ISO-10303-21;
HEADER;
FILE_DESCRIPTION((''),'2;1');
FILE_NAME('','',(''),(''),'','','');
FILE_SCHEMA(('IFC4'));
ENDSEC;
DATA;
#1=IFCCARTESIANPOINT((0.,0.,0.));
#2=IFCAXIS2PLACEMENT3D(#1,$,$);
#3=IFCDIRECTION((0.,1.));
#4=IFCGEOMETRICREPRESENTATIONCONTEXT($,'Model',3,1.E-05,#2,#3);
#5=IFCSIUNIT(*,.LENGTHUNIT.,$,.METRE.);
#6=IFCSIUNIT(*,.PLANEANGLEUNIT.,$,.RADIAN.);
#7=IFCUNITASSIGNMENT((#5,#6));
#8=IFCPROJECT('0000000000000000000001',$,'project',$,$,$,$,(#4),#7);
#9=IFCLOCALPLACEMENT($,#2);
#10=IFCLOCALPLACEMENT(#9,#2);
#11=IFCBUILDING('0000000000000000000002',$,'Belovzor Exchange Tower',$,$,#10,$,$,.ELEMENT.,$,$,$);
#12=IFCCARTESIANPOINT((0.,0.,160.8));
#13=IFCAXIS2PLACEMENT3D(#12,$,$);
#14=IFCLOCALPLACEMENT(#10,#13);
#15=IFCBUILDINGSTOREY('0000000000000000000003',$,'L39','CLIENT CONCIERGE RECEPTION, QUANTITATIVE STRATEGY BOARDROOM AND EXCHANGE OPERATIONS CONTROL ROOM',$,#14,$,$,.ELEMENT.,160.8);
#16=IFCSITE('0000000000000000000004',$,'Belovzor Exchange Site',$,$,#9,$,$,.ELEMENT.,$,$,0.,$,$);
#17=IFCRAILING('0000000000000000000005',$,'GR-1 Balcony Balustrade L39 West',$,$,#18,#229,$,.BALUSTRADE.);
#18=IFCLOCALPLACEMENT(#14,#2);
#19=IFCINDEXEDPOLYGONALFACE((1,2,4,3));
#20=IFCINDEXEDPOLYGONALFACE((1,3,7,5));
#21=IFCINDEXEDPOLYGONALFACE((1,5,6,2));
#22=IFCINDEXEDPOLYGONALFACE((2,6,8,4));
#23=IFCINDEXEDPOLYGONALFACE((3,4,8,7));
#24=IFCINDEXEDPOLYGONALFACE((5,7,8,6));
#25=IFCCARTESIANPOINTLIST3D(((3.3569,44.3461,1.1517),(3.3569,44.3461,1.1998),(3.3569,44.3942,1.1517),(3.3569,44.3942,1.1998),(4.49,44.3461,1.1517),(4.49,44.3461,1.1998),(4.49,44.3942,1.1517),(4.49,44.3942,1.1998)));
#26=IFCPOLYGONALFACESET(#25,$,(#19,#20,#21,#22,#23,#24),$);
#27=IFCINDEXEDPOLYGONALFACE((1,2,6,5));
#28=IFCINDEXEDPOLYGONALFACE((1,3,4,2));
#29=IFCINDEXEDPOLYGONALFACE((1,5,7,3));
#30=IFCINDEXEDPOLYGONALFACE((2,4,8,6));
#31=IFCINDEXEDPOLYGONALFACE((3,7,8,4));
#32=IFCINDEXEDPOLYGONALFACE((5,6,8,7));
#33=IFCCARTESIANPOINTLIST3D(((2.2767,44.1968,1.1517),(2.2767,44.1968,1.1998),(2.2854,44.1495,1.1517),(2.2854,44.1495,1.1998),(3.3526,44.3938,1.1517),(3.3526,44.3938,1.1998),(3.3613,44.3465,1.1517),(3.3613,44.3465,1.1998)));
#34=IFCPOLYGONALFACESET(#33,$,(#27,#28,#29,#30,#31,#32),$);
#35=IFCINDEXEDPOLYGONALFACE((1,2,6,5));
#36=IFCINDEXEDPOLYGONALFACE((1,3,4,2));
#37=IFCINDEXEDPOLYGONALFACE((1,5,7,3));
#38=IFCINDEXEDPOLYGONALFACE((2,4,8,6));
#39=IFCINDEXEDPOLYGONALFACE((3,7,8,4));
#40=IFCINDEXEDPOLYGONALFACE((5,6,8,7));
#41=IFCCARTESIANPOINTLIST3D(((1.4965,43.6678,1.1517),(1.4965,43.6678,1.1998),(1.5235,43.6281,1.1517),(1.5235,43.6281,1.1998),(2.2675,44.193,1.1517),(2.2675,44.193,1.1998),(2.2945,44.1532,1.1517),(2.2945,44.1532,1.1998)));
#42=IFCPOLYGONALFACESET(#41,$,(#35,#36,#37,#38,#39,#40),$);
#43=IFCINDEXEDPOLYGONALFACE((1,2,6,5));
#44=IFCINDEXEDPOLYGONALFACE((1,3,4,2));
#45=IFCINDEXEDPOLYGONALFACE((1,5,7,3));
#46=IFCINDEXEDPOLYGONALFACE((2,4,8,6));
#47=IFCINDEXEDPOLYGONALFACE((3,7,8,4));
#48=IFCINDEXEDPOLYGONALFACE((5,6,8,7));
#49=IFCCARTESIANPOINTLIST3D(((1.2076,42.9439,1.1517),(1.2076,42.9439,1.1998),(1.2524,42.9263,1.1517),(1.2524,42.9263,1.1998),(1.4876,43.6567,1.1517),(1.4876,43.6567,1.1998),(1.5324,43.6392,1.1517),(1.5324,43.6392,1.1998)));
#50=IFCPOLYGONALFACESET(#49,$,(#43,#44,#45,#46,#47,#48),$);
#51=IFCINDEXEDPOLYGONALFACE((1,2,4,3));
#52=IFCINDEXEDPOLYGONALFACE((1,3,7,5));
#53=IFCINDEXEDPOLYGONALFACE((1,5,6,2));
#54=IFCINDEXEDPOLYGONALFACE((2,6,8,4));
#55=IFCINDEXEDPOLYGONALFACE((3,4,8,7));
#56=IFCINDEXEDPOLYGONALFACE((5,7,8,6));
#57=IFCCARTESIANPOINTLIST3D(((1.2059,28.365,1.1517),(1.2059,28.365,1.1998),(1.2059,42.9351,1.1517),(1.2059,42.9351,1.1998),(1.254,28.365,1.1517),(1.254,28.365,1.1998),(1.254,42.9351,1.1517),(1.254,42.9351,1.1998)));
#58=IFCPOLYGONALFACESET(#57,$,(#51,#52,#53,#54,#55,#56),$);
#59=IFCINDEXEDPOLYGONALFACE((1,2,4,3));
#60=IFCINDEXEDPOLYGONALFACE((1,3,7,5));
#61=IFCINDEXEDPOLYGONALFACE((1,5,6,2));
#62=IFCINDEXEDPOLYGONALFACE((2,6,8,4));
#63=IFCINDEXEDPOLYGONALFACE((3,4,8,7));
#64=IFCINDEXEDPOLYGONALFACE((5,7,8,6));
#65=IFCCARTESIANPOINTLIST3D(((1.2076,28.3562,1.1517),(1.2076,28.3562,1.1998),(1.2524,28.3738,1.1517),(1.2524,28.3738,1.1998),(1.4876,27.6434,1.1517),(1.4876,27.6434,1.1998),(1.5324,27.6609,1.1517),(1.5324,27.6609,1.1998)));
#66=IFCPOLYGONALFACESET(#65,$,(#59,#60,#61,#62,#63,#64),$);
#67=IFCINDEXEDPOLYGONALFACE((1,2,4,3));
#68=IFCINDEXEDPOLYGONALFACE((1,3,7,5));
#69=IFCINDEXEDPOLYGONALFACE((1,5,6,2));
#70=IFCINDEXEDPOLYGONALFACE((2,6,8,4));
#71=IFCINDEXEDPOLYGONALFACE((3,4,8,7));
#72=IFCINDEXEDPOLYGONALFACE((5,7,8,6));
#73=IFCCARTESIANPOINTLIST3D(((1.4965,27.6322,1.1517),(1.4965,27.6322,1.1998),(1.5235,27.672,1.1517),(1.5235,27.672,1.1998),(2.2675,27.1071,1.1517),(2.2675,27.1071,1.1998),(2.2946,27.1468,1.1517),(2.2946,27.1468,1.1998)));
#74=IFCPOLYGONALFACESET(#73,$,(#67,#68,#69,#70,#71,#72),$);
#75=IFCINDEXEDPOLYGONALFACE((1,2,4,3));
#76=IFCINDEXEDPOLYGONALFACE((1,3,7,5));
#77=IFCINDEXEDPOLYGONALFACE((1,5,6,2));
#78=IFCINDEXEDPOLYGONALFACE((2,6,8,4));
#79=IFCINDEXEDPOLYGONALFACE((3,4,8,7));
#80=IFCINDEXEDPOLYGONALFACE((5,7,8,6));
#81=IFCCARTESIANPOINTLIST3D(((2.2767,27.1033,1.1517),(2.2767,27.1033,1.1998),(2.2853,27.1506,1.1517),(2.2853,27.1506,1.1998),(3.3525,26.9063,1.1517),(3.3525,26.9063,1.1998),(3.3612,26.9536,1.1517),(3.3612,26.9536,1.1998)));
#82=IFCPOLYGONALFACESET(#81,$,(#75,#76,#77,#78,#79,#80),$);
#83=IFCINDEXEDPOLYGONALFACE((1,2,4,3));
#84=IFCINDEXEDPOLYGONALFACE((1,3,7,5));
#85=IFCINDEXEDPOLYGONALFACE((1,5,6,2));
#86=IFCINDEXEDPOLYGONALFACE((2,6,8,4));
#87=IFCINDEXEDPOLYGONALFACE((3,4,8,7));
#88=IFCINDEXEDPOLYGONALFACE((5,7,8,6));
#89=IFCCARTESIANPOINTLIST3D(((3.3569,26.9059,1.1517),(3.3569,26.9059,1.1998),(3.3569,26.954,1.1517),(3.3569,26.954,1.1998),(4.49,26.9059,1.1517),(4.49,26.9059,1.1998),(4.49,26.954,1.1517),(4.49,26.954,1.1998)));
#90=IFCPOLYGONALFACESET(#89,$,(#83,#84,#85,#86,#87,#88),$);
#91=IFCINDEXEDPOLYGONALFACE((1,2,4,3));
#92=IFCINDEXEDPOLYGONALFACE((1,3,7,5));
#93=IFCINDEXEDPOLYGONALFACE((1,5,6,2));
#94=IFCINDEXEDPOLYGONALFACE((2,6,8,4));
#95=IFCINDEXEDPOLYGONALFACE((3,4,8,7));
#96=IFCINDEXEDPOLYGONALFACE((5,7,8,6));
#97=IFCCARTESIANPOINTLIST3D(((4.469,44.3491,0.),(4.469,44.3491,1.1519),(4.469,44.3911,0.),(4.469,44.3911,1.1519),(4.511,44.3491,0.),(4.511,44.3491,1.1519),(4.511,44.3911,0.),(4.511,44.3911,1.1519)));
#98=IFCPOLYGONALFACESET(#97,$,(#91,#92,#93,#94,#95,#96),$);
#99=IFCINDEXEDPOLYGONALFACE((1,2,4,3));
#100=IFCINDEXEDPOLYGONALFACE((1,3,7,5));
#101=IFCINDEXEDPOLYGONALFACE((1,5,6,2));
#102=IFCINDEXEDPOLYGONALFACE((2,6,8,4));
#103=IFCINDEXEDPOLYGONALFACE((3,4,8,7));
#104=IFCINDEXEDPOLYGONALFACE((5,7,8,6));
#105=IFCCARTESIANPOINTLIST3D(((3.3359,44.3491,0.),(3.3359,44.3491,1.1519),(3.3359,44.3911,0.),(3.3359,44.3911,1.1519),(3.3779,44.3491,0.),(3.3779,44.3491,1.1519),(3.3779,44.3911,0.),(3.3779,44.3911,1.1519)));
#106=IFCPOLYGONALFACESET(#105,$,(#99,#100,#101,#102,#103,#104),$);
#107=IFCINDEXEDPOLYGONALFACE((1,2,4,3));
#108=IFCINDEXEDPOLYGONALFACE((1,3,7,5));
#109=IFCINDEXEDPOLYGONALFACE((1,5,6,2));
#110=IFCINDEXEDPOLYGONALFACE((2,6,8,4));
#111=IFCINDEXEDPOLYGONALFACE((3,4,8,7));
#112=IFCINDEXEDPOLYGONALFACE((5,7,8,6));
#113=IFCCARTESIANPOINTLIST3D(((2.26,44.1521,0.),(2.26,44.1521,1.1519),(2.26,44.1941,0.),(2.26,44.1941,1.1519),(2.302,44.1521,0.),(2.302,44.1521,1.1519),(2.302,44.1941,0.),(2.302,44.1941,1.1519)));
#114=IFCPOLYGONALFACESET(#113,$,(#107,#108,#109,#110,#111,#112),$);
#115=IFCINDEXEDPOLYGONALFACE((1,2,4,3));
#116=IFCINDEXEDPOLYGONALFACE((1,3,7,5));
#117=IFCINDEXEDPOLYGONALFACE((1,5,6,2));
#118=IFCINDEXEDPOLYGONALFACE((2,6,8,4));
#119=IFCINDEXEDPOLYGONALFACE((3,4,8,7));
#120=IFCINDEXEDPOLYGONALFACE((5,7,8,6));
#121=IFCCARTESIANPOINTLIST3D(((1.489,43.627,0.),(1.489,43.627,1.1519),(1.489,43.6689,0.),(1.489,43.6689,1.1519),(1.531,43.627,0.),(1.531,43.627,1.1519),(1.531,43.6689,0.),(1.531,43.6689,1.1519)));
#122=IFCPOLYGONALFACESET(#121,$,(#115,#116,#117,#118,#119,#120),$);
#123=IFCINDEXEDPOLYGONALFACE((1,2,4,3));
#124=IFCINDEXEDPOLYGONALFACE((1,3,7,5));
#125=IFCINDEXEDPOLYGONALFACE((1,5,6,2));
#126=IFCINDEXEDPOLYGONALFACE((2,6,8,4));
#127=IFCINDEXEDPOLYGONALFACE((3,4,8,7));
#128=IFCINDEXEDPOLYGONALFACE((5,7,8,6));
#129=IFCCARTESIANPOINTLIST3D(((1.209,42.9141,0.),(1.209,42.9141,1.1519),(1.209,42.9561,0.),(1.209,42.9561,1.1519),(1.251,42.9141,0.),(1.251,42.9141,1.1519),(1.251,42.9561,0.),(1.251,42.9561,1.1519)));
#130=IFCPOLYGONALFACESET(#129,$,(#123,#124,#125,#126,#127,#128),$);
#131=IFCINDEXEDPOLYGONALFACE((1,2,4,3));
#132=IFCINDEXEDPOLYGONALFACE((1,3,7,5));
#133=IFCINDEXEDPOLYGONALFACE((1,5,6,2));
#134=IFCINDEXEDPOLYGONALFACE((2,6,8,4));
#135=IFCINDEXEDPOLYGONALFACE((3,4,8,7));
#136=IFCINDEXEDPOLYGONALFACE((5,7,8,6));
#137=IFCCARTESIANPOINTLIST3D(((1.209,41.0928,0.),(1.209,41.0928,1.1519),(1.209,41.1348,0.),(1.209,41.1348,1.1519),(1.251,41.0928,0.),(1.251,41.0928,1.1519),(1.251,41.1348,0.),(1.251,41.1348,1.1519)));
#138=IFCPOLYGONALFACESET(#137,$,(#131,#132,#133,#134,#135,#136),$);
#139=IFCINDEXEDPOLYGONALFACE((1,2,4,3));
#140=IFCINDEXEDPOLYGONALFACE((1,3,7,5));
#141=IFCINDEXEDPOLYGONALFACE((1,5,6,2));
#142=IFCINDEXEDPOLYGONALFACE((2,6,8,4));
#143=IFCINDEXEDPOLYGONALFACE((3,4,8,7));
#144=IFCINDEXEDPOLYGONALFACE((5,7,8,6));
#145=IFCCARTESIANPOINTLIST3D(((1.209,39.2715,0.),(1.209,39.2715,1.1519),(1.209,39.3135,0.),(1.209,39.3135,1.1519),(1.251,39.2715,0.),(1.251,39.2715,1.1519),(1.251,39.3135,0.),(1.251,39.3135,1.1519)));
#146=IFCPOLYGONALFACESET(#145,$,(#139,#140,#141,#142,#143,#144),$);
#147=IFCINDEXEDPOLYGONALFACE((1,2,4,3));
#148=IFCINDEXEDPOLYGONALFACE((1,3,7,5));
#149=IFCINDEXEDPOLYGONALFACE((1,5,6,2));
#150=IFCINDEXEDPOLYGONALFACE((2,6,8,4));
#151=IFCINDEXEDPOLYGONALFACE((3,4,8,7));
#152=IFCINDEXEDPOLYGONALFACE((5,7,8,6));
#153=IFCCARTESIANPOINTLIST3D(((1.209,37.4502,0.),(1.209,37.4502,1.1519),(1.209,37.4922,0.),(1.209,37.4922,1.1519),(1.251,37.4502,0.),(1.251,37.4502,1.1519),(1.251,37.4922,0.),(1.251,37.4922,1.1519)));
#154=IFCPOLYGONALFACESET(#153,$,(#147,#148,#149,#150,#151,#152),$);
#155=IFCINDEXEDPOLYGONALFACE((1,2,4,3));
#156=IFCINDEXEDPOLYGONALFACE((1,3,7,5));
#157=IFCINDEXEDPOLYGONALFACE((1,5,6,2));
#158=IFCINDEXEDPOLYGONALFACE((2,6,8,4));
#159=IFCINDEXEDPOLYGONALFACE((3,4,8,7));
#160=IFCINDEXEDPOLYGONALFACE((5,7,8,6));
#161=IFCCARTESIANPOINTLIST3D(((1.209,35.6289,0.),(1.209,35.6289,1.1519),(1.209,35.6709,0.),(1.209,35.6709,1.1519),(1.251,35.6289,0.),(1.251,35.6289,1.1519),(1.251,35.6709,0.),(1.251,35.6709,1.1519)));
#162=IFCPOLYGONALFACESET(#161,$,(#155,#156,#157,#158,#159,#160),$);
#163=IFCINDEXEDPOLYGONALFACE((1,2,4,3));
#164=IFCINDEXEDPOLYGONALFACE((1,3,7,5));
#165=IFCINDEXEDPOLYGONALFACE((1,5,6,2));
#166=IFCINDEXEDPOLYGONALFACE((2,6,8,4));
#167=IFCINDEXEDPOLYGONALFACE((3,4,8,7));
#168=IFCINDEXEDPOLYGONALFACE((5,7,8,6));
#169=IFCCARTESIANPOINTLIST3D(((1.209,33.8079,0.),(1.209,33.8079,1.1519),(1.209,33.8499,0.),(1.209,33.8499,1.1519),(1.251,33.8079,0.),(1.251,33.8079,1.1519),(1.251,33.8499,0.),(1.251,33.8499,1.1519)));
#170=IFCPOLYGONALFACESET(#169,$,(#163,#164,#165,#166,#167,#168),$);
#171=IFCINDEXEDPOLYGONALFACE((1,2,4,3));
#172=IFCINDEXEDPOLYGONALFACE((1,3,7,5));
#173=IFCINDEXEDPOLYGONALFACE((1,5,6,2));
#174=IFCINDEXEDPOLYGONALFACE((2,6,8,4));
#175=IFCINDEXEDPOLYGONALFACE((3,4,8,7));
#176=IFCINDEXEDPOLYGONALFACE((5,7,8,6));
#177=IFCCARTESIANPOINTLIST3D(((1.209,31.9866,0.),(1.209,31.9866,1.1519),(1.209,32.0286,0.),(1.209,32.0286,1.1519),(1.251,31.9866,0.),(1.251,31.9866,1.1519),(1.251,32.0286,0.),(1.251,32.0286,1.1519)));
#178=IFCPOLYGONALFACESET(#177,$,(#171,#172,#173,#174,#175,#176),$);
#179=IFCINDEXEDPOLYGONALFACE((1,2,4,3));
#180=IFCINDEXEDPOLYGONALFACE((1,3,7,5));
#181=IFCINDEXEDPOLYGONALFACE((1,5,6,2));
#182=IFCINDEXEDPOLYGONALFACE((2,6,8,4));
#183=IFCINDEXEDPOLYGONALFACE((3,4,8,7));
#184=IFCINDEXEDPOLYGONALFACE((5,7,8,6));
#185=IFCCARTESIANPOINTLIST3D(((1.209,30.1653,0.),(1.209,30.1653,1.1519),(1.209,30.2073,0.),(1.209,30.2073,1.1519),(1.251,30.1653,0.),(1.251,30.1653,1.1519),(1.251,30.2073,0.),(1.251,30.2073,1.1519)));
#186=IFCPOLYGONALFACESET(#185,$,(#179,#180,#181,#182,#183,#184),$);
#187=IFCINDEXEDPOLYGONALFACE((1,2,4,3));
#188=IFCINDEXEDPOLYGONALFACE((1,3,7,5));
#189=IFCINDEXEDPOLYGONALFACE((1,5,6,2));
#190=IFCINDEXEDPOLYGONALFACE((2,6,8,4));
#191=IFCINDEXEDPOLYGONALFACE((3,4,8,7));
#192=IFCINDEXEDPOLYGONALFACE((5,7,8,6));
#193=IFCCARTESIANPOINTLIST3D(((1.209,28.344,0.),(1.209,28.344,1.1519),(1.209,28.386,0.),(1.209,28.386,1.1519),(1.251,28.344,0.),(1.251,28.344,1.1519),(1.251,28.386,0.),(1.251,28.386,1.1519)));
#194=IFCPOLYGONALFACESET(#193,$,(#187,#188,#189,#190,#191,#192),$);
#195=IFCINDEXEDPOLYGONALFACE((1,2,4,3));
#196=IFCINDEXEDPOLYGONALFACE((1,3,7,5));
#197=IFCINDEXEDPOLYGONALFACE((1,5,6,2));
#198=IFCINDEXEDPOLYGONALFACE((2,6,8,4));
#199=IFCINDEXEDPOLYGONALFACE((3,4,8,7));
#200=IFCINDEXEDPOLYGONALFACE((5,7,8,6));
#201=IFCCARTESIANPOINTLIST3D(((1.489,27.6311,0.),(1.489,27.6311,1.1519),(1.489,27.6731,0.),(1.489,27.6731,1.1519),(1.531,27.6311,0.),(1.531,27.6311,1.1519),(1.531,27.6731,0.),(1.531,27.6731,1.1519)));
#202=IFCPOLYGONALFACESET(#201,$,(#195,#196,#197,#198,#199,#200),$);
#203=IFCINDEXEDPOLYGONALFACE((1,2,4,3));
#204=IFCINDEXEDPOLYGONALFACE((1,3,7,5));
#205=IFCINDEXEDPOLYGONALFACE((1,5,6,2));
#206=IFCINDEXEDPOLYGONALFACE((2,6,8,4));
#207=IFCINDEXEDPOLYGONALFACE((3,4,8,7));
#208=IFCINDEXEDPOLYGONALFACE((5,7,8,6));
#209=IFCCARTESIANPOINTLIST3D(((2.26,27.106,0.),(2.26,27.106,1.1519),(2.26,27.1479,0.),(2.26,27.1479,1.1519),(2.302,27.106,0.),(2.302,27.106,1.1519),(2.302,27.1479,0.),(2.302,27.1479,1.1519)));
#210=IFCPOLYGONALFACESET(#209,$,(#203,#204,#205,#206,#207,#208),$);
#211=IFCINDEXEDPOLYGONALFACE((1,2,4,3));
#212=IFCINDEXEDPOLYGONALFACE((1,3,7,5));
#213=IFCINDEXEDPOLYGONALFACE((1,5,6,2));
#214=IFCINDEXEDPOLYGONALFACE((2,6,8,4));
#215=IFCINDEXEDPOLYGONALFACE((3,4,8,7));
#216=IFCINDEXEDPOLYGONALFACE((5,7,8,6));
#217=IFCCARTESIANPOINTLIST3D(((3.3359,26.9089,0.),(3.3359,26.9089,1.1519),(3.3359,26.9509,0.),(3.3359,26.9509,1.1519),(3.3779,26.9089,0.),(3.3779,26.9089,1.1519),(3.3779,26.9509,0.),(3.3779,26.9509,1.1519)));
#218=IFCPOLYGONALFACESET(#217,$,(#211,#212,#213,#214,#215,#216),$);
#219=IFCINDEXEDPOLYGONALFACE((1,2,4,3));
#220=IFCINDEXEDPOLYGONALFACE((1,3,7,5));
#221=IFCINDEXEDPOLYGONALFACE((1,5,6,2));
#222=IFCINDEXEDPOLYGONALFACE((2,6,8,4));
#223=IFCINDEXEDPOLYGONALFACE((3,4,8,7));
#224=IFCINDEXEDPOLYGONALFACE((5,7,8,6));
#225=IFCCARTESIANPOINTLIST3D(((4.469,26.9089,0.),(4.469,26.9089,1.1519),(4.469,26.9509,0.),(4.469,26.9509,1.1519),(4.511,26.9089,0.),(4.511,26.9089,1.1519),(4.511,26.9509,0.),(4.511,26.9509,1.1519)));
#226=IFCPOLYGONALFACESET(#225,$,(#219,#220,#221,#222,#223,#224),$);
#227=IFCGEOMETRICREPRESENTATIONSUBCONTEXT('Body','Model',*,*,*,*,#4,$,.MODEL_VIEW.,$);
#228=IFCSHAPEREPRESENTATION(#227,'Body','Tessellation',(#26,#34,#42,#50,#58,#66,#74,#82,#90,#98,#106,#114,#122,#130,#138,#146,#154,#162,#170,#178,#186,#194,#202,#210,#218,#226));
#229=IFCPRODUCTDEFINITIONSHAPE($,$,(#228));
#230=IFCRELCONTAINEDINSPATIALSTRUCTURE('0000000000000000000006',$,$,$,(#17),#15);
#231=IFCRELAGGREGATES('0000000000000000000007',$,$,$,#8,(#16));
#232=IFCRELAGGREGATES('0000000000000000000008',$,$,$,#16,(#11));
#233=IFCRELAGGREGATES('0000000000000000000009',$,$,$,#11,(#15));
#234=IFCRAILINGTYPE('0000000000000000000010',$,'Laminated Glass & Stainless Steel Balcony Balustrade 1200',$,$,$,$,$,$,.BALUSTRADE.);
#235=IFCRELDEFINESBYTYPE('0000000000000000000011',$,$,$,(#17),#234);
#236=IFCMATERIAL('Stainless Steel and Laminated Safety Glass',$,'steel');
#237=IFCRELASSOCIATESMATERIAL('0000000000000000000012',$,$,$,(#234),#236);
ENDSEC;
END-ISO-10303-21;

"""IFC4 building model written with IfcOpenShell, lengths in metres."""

from ifc_helpers import new_model, si_unit, direction, frame, origin, origin_2d, place, context, subcontext, project, spatial, rectangle, extrude, material, type_object, element, save


model = new_model("IFC4")

# Units and contexts
model_context = context("Model", 3, precision=1e-05, world=origin(), true_north=direction((0.0, 1.0)))
body_context = subcontext(model_context, "Body", "Model", "MODEL_VIEW")
ifc_project = project(units=[si_unit("LENGTHUNIT", "METRE"), si_unit("PLANEANGLEUNIT", "RADIAN")], contexts=[model_context])

# Site, building, storey
site_placement = place(None, origin())
site = spatial("IfcSite", under=ifc_project, at=site_placement, Name="Belovzor Exchange Site", CompositionType="ELEMENT", RefElevation=0.0)
building_placement = place(site_placement, origin())
building = spatial("IfcBuilding", under=site, at=building_placement, Name="Belovzor Exchange Tower", CompositionType="ELEMENT")
storey_placement = place(building_placement, frame((0.0, 0.0, 160.8)))
storey = spatial("IfcBuildingStorey", under=building, at=storey_placement, Name="L39", Description="CLIENT CONCIERGE RECEPTION, QUANTITATIVE STRATEGY BOARDROOM AND EXCHANGE OPERATIONS CONTROL ROOM", CompositionType="ELEMENT", Elevation=160.8)

# Railing
ifc_material_1 = material(Name="Stainless Steel and Laminated Safety Glass", Category="steel")
railing_type = type_object("IfcRailingType", Name="Laminated Glass & Stainless Steel Balcony Balustrade 1200", PredefinedType="BALUSTRADE", material=ifc_material_1)
railing_placement = place(storey_placement, frame((4.49, 44.3701, 0.0)))
element("IfcRailing", 1, at=railing_placement, inside=storey, type_object=railing_type, Name="GR-1 Balcony Balustrade L39 West", PredefinedType="BALUSTRADE", context=body_context, shape_type="SweptSolid", body=[
    extrude(rectangle(XDim=0.0481, YDim=0.0481, at=origin_2d()), frame((0.0, 0.0, 1.1758), z_axis=(-1.0, 0.0, 0.0), x_axis=(0.0, -1.0, 0.0)), (0.0, 0.0, 1.0), 1.1331),
    extrude(rectangle(XDim=0.0481, YDim=0.0481, at=origin_2d()), frame((-1.1331, 0.0, 1.1758), z_axis=(-0.983644, -0.180123, 0.0), x_axis=(0.180123, -0.983644, 0.0)), (0.0, 0.0, 1.0), 1.0938),
    extrude(rectangle(XDim=0.0481, YDim=0.0481, at=origin_2d()), frame((-2.209, -0.197, 1.1758), z_axis=(-0.826493, -0.562947, 0.0), x_axis=(0.562947, -0.826493, 0.0)), (0.0, 0.0, 1.0), 0.9329),
    extrude(rectangle(XDim=0.0481, YDim=0.0481, at=origin_2d()), frame((-2.98, -0.7222, 1.1758), z_axis=(-0.365613, -0.930767, 0.0), x_axis=(0.930767, -0.365613, 0.0)), (0.0, 0.0, 1.0), 0.7659),
    extrude(rectangle(XDim=0.0481, YDim=0.0481, at=origin_2d()), frame((-3.26, -1.4351, 1.1758), z_axis=(0.0, -1.0, 0.0), x_axis=(1.0, 0.0, 0.0)), (0.0, 0.0, 1.0), 14.5701),
    extrude(rectangle(XDim=0.0481, YDim=0.0481, at=origin_2d()), frame((-3.26, -16.0051, 1.1758), z_axis=(0.365613, -0.930767, 0.0), x_axis=(0.930767, 0.365613, 0.0)), (0.0, 0.0, 1.0), 0.7659),
    extrude(rectangle(XDim=0.0481, YDim=0.0481, at=origin_2d()), frame((-2.98, -16.718, 1.1758), z_axis=(0.826493, -0.562947, 0.0), x_axis=(0.562947, 0.826493, 0.0)), (0.0, 0.0, 1.0), 0.9329),
    extrude(rectangle(XDim=0.0481, YDim=0.0481, at=origin_2d()), frame((-2.209, -17.2432, 1.1758), z_axis=(0.983644, -0.180123, 0.0), x_axis=(0.180123, 0.983644, 0.0)), (0.0, 0.0, 1.0), 1.0938),
    extrude(rectangle(XDim=0.0481, YDim=0.0481, at=origin_2d()), frame((-1.1331, -17.4402, 1.1758), z_axis=(1.0, 0.0, 0.0), x_axis=(0.0, 1.0, 0.0)), (0.0, 0.0, 1.0), 1.1331),
    extrude(rectangle(XDim=0.042, YDim=0.042, at=origin_2d()), origin(), (0.0, 0.0, 1.0), 1.1519),
    extrude(rectangle(XDim=0.042, YDim=0.042, at=origin_2d()), frame((-1.1331, 0.0, 0.0)), (0.0, 0.0, 1.0), 1.1519),
    extrude(rectangle(XDim=0.042, YDim=0.042, at=origin_2d()), frame((-2.209, -0.197, 0.0)), (0.0, 0.0, 1.0), 1.1519),
    extrude(rectangle(XDim=0.042, YDim=0.042, at=origin_2d()), frame((-2.98, -0.7222, 0.0)), (0.0, 0.0, 1.0), 1.1519),
    extrude(rectangle(XDim=0.042, YDim=0.042, at=origin_2d()), frame((-3.26, -1.4351, 0.0)), (0.0, 0.0, 1.0), 1.1519),
    extrude(rectangle(XDim=0.042, YDim=0.042, at=origin_2d()), frame((-3.26, -3.2563, 0.0)), (0.0, 0.0, 1.0), 1.1519),
    extrude(rectangle(XDim=0.042, YDim=0.042, at=origin_2d()), frame((-3.26, -5.0776, 0.0)), (0.0, 0.0, 1.0), 1.1519),
    extrude(rectangle(XDim=0.042, YDim=0.042, at=origin_2d()), frame((-3.26, -6.8989, 0.0)), (0.0, 0.0, 1.0), 1.1519),
    extrude(rectangle(XDim=0.042, YDim=0.042, at=origin_2d()), frame((-3.26, -8.7202, 0.0)), (0.0, 0.0, 1.0), 1.1519),
    extrude(rectangle(XDim=0.042, YDim=0.042, at=origin_2d()), frame((-3.26, -10.5413, 0.0)), (0.0, 0.0, 1.0), 1.1519),
    extrude(rectangle(XDim=0.042, YDim=0.042, at=origin_2d()), frame((-3.26, -12.3625, 0.0)), (0.0, 0.0, 1.0), 1.1519),
    extrude(rectangle(XDim=0.042, YDim=0.042, at=origin_2d()), frame((-3.26, -14.1838, 0.0)), (0.0, 0.0, 1.0), 1.1519),
    extrude(rectangle(XDim=0.042, YDim=0.042, at=origin_2d()), frame((-3.26, -16.0051, 0.0)), (0.0, 0.0, 1.0), 1.1519),
    extrude(rectangle(XDim=0.042, YDim=0.042, at=origin_2d()), frame((-2.98, -16.718, 0.0)), (0.0, 0.0, 1.0), 1.1519),
    extrude(rectangle(XDim=0.042, YDim=0.042, at=origin_2d()), frame((-2.209, -17.2432, 0.0)), (0.0, 0.0, 1.0), 1.1519),
    extrude(rectangle(XDim=0.042, YDim=0.042, at=origin_2d()), frame((-1.1331, -17.4402, 0.0)), (0.0, 0.0, 1.0), 1.1519),
    extrude(rectangle(XDim=0.042, YDim=0.042, at=origin_2d()), frame((0.0, -17.4402, 0.0)), (0.0, 0.0, 1.0), 1.1519),
])

save(model, "model.ifc")
